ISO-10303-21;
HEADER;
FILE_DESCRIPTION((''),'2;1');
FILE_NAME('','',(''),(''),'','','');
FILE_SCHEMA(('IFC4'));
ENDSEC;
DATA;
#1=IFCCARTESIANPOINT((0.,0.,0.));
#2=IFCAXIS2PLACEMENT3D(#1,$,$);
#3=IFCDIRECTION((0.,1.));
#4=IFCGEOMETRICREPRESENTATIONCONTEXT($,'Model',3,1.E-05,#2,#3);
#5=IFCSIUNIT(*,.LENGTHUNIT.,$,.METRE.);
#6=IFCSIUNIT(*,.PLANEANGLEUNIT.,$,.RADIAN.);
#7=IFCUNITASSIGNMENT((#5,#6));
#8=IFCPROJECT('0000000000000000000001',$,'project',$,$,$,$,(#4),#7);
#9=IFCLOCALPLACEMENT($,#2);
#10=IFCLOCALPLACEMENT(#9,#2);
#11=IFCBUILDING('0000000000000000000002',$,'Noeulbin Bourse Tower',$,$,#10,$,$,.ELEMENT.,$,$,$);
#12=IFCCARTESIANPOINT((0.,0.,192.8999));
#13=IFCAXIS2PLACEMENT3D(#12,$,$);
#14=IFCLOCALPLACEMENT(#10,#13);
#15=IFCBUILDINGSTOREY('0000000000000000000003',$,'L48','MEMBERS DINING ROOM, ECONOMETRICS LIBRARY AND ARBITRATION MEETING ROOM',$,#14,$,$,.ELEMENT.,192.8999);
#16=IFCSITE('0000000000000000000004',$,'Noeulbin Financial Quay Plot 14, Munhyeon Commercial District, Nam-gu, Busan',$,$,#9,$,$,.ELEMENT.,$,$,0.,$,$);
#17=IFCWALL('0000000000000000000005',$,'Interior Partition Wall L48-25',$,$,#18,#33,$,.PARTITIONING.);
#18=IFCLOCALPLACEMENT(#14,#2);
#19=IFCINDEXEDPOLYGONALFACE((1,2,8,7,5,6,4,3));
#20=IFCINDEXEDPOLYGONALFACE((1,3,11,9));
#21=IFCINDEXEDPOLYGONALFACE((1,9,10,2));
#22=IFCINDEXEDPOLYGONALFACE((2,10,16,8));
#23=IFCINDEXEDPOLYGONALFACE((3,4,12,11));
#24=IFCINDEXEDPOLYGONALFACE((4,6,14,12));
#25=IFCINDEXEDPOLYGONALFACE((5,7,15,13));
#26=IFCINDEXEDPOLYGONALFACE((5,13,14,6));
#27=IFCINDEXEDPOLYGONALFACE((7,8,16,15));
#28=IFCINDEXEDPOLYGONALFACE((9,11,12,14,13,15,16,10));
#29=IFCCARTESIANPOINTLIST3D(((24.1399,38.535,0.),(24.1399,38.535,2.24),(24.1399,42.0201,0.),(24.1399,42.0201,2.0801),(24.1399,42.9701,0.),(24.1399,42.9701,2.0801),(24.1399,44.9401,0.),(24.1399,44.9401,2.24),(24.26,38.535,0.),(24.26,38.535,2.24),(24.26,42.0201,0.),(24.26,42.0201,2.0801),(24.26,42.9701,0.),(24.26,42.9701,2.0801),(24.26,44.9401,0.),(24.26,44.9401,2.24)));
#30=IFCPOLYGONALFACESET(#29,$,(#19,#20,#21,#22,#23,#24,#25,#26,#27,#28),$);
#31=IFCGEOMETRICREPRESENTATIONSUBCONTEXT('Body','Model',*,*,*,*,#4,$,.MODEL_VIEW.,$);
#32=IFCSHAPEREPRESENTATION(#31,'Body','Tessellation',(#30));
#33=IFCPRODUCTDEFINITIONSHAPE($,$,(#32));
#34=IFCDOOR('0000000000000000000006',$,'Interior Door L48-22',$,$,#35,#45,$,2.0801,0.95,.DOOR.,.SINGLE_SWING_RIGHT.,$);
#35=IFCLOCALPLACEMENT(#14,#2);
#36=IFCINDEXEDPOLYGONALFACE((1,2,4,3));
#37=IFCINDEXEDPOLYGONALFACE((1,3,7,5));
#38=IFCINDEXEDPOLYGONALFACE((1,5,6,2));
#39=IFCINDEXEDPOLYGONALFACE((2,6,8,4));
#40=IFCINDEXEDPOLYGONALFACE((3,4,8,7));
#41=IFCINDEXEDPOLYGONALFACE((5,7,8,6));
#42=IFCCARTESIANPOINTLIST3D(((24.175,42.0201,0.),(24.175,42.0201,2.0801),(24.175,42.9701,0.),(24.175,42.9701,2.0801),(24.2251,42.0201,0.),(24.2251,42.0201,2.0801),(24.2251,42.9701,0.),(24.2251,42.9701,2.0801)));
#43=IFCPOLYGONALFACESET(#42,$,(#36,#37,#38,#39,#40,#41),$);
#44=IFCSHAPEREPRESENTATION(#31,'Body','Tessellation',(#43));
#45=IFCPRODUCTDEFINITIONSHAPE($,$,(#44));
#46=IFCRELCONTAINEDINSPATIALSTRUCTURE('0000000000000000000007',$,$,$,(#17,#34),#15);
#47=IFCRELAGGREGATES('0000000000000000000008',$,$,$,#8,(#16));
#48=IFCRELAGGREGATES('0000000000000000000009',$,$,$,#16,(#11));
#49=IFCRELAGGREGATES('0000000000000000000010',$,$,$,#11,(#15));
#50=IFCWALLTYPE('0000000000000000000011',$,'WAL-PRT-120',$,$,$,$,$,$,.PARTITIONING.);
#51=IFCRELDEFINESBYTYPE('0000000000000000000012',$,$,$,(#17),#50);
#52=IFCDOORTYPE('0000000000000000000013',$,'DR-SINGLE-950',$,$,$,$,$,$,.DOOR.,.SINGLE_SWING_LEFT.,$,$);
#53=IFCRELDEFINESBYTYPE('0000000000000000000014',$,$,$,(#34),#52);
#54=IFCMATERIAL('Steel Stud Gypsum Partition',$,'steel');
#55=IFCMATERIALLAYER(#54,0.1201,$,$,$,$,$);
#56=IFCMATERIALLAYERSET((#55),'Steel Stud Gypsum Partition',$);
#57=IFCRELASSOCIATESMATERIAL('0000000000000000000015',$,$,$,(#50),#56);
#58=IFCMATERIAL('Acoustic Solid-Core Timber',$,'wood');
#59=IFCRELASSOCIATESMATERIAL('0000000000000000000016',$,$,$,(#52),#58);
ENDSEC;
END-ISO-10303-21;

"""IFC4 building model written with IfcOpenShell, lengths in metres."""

from ifc_helpers import new_model, si_unit, direction, frame, frame_2d, origin, place, context, subcontext, project, spatial, rectangle, extrude, material, layer, layer_set, type_object, element, fill, save


model = new_model("IFC4")

# Units and contexts
model_context = context("Model", 3, precision=1e-05, world=origin(), true_north=direction((0.0, 1.0)))
body_context = subcontext(model_context, "Body", "Model", "MODEL_VIEW")
ifc_project = project(units=[si_unit("LENGTHUNIT", "METRE"), si_unit("PLANEANGLEUNIT", "RADIAN")], contexts=[model_context])

# Site, building, storey
site_placement = place(None, origin())
site = spatial("IfcSite", under=ifc_project, at=site_placement, Name="Noeulbin Financial Quay Plot 14, Munhyeon Commercial District, Nam-gu, Busan", CompositionType="ELEMENT", RefElevation=0.0)
building_placement = place(site_placement, origin())
building = spatial("IfcBuilding", under=site, at=building_placement, Name="Noeulbin Bourse Tower", CompositionType="ELEMENT")
storey_placement = place(building_placement, frame((0.0, 0.0, 192.8999)))
storey = spatial("IfcBuildingStorey", under=building, at=storey_placement, Name="L48", Description="MEMBERS DINING ROOM, ECONOMETRICS LIBRARY AND ARBITRATION MEETING ROOM", CompositionType="ELEMENT", Elevation=192.8999)

# Wall, opening, door
ifc_material_1 = material(Name="Steel Stud Gypsum Partition", Category="steel")
ifc_layer_1 = layer(ifc_material_1, 0.1201)
ifc_layer_set_1 = layer_set([ifc_layer_1], Name="Steel Stud Gypsum Partition")
wall_type = type_object("IfcWallType", Name="WAL-PRT-120", PredefinedType="PARTITIONING", material=ifc_layer_set_1)
ifc_material_2 = material(Name="Acoustic Solid-Core Timber", Category="wood")
door_type = type_object("IfcDoorType", Name="DR-SINGLE-950", OperationType="SINGLE_SWING_LEFT", PredefinedType="DOOR", material=ifc_material_2)
wall_1_placement = place(storey_placement, frame((24.2, 38.5349, 0.0), z_axis=(0.0, 0.0, 1.0), x_axis=(0.0, 1.0, 0.0)))
wall_1 = element("IfcWall", 1, at=wall_1_placement, inside=storey, type_object=wall_type, Name="Interior Partition Wall L48-25", PredefinedType="PARTITIONING", context=body_context, shape_type="SweptSolid", body=[
    extrude(rectangle(XDim=6.405, YDim=0.1201, at=frame_2d((3.2026, 0.0))), origin(), (0.0, 0.0, 1.0), 2.24),
])
opening_1_placement = place(wall_1_placement, frame((3.4851, 0.0, 0.0)))
opening_1 = element("IfcOpeningElement", 2, at=opening_1_placement, cuts=wall_1, PredefinedType="OPENING", context=body_context, shape_type="SweptSolid", body=[
    extrude(rectangle(XDim=0.95, YDim=2.0801, at=frame_2d((0.4751, 1.04))), frame((0.0, 0.0701, 0.0), z_axis=(0.0, -1.0, 0.0), x_axis=(1.0, 0.0, 0.0)), (0.0, 0.0, 1.0), 0.1401),
])
door_1_placement = place(opening_1_placement, origin())
door_1 = element("IfcDoor", 3, at=door_1_placement, inside=storey, type_object=door_type, Name="Interior Door L48-22", OperationType="SINGLE_SWING_RIGHT", OverallHeight=2.0801, OverallWidth=0.95, PredefinedType="DOOR", context=body_context, shape_type="SweptSolid", body=[
    extrude(rectangle(XDim=0.95, YDim=2.0801, at=frame_2d((0.4751, 1.04))), frame((0.0, 0.0249, 0.0), z_axis=(0.0, -1.0, 0.0), x_axis=(1.0, 0.0, 0.0)), (0.0, 0.0, 1.0), 0.05),
])
fill(opening_1, door_1)

save(model, "model.ifc")
